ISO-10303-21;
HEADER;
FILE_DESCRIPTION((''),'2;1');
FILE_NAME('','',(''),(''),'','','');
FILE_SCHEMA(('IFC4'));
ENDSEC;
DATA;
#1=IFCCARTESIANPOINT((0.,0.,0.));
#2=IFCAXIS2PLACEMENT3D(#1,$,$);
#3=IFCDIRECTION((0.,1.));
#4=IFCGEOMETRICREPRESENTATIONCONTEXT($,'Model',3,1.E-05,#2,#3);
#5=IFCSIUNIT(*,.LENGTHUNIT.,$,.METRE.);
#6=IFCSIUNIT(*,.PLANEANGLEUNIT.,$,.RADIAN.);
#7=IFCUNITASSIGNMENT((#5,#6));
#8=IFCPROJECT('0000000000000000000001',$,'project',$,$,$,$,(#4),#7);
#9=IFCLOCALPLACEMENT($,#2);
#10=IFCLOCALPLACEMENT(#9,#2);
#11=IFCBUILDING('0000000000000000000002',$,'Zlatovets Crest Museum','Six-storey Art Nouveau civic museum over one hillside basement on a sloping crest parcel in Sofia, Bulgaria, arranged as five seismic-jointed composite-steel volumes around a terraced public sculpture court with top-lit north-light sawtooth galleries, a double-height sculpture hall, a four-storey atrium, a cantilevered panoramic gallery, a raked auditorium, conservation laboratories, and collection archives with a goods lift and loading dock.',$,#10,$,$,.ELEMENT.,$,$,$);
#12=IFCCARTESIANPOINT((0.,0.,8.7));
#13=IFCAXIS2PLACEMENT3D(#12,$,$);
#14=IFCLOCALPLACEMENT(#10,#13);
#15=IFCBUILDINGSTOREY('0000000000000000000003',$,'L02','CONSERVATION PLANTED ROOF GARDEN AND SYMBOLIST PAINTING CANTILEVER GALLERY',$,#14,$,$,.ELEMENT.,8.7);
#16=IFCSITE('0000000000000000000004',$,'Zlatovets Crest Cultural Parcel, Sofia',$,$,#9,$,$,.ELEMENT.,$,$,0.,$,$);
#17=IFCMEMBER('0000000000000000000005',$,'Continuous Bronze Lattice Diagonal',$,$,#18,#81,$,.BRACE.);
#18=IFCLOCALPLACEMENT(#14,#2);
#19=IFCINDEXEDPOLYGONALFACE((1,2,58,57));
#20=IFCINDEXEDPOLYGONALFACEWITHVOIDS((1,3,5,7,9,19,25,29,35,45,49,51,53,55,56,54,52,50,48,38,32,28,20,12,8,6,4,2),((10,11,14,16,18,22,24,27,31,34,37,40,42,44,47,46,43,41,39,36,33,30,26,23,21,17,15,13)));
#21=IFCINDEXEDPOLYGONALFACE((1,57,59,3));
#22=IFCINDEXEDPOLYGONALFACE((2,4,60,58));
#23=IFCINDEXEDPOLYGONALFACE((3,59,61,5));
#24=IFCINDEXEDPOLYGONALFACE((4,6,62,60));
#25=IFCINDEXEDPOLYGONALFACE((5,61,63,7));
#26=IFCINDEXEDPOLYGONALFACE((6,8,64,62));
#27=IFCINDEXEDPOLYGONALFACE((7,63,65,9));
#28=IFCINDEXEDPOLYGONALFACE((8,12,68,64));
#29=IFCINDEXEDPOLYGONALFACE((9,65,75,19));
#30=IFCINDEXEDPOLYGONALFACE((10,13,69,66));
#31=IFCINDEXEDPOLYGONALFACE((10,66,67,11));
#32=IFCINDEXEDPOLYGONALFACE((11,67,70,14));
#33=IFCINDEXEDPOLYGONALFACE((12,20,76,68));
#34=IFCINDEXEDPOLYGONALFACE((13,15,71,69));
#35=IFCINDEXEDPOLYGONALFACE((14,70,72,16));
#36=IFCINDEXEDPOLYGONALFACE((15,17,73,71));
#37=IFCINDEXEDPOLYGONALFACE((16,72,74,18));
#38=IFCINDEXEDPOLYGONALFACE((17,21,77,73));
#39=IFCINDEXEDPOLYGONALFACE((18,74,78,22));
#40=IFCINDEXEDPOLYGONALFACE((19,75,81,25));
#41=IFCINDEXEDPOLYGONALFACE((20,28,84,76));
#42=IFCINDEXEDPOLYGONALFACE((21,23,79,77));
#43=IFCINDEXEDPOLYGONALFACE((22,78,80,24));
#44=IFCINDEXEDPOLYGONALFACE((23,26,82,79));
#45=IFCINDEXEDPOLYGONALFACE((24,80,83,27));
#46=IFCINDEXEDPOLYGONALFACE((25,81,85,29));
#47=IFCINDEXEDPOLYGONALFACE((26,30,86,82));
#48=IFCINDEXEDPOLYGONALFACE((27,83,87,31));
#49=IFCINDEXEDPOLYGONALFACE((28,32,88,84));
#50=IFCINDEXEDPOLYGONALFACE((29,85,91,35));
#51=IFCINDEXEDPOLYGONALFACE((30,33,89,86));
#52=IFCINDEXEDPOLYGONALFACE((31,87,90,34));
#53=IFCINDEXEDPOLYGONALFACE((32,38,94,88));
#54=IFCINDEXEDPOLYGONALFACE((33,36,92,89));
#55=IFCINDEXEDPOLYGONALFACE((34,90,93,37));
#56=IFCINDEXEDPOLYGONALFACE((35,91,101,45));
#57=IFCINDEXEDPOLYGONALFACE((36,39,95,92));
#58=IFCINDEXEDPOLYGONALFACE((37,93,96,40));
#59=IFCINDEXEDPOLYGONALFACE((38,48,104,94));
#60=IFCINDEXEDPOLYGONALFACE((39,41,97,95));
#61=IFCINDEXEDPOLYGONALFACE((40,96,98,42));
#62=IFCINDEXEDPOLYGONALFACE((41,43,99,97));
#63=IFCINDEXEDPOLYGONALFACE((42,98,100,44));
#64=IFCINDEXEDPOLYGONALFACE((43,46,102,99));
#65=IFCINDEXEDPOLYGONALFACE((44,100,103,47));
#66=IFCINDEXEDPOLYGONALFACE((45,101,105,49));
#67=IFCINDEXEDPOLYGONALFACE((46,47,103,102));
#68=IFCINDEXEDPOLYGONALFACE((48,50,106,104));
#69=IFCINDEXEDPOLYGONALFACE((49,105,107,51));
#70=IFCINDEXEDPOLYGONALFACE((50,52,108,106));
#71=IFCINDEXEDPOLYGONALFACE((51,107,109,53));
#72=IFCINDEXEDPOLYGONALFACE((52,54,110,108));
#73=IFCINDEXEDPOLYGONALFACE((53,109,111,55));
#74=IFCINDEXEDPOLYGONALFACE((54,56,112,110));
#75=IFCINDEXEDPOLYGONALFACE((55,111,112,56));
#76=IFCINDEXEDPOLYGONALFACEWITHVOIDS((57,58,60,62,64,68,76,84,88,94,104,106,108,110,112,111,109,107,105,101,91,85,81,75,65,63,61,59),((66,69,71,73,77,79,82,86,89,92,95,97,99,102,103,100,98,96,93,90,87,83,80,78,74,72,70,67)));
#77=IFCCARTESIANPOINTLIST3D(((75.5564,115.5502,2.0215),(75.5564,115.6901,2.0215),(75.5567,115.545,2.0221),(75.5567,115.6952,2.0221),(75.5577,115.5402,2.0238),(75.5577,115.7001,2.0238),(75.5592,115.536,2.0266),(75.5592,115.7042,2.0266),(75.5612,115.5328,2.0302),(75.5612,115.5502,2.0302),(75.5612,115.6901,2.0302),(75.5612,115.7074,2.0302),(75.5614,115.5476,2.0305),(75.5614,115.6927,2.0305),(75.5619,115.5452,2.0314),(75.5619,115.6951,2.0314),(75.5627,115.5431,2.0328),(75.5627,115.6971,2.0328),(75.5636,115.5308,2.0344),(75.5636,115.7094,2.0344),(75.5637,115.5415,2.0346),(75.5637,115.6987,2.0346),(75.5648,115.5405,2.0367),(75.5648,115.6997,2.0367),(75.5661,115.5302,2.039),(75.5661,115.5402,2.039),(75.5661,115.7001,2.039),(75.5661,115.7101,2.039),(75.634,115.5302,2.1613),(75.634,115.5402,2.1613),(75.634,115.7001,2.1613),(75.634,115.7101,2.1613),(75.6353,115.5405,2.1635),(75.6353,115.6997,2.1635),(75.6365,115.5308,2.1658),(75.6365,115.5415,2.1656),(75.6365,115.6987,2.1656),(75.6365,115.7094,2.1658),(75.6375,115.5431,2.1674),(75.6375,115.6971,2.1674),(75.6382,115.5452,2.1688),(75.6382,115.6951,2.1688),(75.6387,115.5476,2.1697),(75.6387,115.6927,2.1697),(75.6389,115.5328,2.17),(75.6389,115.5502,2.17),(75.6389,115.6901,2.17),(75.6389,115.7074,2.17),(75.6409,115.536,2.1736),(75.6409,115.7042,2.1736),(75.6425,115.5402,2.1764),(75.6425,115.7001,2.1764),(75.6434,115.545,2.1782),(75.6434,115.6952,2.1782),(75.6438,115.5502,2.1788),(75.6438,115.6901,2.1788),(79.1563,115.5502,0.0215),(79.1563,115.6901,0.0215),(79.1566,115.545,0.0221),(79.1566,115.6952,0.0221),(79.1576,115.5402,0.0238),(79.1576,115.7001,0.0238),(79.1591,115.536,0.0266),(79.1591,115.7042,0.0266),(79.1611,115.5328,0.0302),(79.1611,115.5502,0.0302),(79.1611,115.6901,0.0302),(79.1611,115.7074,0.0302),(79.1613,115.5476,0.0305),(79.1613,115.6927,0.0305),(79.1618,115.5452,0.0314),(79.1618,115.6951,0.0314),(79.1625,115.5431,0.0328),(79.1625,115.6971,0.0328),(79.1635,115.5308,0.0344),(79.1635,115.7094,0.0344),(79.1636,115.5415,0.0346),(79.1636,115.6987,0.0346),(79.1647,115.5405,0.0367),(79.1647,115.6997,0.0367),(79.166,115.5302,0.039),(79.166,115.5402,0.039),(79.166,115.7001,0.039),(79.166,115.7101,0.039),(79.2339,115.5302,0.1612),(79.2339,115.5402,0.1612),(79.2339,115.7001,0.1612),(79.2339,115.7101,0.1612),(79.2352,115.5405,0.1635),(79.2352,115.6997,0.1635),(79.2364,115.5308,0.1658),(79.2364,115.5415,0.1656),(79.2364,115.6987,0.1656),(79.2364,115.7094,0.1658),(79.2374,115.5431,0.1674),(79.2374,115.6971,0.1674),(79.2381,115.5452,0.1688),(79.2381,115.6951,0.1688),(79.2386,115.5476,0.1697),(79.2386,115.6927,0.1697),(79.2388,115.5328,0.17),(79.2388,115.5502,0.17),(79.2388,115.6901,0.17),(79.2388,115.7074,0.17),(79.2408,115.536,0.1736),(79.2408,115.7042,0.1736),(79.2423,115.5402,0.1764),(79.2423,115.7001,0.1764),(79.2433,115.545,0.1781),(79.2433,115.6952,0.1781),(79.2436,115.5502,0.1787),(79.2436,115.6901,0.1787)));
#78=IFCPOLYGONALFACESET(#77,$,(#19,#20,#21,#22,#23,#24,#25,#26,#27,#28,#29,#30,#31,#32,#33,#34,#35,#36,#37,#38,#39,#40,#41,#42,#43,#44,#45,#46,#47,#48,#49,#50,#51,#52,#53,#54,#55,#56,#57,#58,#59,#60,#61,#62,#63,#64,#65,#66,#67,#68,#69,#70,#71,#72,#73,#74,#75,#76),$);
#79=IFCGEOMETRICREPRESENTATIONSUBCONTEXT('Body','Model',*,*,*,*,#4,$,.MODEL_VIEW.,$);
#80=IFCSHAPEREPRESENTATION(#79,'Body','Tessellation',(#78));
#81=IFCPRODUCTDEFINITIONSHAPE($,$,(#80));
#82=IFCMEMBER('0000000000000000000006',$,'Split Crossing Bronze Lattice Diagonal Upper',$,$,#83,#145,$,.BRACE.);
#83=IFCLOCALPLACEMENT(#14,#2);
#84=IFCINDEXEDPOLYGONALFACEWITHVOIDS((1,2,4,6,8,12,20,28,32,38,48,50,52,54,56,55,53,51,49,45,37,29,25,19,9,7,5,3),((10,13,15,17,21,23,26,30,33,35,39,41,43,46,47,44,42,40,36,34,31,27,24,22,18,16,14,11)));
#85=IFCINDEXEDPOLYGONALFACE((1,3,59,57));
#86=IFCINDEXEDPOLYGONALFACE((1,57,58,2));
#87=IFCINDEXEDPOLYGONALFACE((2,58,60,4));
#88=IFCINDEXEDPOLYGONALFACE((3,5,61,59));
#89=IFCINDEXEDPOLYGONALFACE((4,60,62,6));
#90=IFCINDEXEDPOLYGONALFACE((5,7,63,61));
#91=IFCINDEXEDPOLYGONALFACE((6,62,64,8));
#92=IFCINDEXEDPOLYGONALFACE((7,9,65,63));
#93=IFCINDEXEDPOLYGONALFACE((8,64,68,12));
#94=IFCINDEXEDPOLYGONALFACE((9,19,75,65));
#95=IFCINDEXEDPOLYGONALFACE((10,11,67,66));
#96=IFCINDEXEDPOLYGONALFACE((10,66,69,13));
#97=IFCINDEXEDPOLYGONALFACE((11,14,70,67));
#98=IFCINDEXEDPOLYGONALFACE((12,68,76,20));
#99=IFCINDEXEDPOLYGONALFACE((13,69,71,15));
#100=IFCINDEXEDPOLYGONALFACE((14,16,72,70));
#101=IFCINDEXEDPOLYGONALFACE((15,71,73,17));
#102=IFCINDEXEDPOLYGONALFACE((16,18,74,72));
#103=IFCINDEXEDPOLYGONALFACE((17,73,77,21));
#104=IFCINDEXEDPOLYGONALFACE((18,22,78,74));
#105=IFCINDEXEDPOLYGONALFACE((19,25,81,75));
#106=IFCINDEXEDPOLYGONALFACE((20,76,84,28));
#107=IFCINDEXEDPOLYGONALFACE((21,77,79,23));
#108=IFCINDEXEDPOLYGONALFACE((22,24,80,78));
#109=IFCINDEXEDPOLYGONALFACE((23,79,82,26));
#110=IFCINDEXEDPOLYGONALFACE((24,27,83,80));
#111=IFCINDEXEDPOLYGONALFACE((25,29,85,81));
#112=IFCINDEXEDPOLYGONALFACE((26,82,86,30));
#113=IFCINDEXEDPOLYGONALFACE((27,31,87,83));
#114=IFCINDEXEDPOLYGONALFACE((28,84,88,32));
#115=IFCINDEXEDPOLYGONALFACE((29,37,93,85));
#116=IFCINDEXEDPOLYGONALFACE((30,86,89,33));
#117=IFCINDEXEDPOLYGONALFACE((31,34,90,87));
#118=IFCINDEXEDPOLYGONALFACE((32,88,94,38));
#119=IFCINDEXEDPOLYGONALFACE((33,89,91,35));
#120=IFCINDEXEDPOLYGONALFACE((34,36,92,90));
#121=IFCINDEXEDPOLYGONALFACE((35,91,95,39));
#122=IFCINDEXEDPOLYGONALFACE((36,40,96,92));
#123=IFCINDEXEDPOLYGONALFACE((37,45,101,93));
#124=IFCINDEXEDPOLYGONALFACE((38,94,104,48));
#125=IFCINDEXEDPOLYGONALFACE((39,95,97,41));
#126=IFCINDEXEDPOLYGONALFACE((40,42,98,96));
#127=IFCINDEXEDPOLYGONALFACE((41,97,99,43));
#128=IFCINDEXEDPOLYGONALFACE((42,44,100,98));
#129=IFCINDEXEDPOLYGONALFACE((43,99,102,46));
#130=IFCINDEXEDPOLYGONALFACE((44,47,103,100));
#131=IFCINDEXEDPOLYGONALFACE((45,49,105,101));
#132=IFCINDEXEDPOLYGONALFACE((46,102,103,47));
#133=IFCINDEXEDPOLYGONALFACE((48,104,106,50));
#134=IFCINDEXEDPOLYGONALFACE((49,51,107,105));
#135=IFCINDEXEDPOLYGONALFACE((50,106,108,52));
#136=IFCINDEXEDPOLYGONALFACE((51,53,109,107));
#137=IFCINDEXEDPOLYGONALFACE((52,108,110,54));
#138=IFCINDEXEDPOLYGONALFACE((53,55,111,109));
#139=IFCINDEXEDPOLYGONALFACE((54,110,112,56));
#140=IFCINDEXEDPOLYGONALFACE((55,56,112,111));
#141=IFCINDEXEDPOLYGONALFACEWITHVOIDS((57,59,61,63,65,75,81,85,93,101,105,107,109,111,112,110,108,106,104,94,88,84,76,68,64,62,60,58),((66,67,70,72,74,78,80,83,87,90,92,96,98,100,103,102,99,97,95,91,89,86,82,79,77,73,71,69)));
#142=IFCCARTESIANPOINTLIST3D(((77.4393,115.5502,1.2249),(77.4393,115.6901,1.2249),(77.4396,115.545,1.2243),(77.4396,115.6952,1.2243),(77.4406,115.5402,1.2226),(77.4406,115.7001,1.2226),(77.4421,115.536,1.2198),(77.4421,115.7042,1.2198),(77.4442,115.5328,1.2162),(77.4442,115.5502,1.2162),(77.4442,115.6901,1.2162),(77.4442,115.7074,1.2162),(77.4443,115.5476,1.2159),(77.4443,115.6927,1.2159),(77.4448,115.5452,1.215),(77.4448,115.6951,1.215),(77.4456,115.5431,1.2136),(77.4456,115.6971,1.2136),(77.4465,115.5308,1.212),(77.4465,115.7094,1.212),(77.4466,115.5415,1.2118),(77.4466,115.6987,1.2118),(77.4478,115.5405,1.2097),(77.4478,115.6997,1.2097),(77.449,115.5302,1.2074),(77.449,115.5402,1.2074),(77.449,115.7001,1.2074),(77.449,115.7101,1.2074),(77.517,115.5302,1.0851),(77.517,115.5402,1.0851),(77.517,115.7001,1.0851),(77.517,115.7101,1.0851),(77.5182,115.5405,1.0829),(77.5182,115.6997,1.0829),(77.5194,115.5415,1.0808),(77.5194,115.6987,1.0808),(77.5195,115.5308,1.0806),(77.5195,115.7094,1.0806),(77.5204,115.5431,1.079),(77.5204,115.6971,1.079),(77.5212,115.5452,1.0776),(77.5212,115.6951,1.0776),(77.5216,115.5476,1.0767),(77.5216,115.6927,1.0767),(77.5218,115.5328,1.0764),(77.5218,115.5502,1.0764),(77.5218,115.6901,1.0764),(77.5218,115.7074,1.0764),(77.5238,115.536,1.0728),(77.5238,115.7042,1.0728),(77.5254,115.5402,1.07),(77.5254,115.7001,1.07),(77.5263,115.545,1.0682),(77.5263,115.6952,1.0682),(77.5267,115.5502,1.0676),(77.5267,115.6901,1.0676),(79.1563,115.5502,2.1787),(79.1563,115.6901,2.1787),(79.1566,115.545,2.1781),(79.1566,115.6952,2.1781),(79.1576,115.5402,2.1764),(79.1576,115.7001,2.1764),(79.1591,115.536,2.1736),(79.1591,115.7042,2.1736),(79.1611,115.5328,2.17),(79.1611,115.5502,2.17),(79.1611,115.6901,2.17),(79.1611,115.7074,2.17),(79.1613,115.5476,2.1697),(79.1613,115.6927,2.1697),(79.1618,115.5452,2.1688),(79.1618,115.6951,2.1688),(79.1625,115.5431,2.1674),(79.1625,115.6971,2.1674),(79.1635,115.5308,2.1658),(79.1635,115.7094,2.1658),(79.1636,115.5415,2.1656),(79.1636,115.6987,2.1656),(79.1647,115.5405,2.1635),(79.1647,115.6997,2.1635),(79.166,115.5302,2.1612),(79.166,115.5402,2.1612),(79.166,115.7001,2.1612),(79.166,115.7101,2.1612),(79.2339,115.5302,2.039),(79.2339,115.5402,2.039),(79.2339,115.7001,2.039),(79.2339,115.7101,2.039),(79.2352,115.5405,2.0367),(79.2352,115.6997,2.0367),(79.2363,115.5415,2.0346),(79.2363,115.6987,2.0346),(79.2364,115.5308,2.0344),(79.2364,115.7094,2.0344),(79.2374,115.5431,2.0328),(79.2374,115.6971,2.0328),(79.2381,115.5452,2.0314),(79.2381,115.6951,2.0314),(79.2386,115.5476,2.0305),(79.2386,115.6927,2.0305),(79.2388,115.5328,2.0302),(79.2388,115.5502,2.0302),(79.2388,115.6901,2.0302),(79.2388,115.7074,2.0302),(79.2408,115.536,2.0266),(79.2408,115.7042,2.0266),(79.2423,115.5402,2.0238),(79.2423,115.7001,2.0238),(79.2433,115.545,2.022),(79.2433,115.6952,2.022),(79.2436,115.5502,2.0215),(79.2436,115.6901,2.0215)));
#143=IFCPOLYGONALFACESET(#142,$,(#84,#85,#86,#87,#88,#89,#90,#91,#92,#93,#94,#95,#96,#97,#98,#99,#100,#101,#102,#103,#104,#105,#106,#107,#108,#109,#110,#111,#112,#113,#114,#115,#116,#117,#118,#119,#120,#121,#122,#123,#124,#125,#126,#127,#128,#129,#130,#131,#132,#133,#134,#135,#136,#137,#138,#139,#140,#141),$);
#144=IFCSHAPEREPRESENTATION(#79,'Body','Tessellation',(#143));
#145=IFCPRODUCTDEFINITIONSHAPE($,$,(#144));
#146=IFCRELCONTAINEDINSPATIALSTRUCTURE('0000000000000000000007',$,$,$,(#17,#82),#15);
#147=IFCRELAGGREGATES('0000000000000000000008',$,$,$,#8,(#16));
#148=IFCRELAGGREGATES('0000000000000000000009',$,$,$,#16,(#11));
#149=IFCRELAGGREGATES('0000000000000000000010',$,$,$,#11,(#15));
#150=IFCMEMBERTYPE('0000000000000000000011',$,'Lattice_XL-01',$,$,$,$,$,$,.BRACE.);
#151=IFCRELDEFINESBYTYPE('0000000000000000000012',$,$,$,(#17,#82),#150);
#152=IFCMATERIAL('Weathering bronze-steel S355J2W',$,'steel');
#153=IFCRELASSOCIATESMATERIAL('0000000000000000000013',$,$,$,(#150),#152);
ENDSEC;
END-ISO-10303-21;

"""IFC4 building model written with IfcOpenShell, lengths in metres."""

from ifc_helpers import new_model, si_unit, direction, frame, origin, origin_2d, place, context, subcontext, project, spatial, hollow_rectangle, extrude, material, material_profile, profile_set, type_object, element, save


model = new_model("IFC4")

# Units and contexts
model_context = context("Model", 3, precision=1e-05, world=origin(), true_north=direction((0.0, 1.0)))
body_context = subcontext(model_context, "Body", "Model", "MODEL_VIEW")
ifc_project = project(units=[si_unit("LENGTHUNIT", "METRE"), si_unit("PLANEANGLEUNIT", "RADIAN")], contexts=[model_context])

# Site, building, storey
site_placement = place(None, origin())
site = spatial("IfcSite", under=ifc_project, at=site_placement, Name="Zlatovets Crest Cultural Parcel, Sofia", CompositionType="ELEMENT", RefElevation=0.0)
building_placement = place(site_placement, origin())
building = spatial("IfcBuilding", under=site, at=building_placement, Name="Zlatovets Crest Museum", Description="Six-storey Art Nouveau civic museum over one hillside basement on a sloping crest parcel in Sofia, Bulgaria, arranged as five seismic-jointed composite-steel volumes around a terraced public sculpture court with top-lit north-light sawtooth galleries, a double-height sculpture hall, a four-storey atrium, a cantilevered panoramic gallery, a raked auditorium, conservation laboratories, and collection archives with a goods lift and loading dock.", CompositionType="ELEMENT")
storey_placement = place(building_placement, frame((0.0, 0.0, 8.7)))
storey = spatial("IfcBuildingStorey", under=building, at=storey_placement, Name="L02", Description="CONSERVATION PLANTED ROOF GARDEN AND SYMBOLIST PAINTING CANTILEVER GALLERY", CompositionType="ELEMENT", Elevation=8.7)

# Members
ifc_material_1 = material(Name="Weathering bronze-steel S355J2W", Category="steel")
ifc_material_profile_1 = material_profile(ifc_material_1, hollow_rectangle(XDim=0.1799, YDim=0.1799, WallThickness=0.01, InnerFilletRadius=0.01, OuterFilletRadius=0.02, at=origin_2d()), Name="SHS 180x180x10.0")
ifc_profile_set_1 = profile_set([ifc_material_profile_1], Name="Weathering bronze-steel S355J2W")
member_type_1 = type_object("IfcMemberType", Name="Lattice_XL-01", PredefinedType="BRACE", material=ifc_profile_set_1)
member_1_placement = place(storey_placement, frame((79.2, 115.6201, 0.1001), z_axis=(-0.874149, 0.0, 0.485658), x_axis=(0.0, -1.0, 0.0)))
element("IfcMember", 1, at=member_1_placement, inside=storey, type_object=member_type_1, Name="Continuous Bronze Lattice Diagonal", PredefinedType="BRACE", context=body_context, shape_type="SweptSolid", body=[
    extrude(hollow_rectangle(XDim=0.1799, YDim=0.1799, WallThickness=0.01, InnerFilletRadius=0.01, OuterFilletRadius=0.02, at=origin_2d()), origin(), (0.0, 0.0, 1.0), 4.1182),
])
member_2_placement = place(storey_placement, frame((79.2, 115.6201, 2.1001), z_axis=(-0.874169, 0.0, -0.485622), x_axis=(0.0, -1.0, 0.0)))
element("IfcMember", 2, at=member_2_placement, inside=storey, type_object=member_type_1, Name="Split Crossing Bronze Lattice Diagonal Upper", PredefinedType="BRACE", context=body_context, shape_type="SweptSolid", body=[
    extrude(hollow_rectangle(XDim=0.1799, YDim=0.1799, WallThickness=0.01, InnerFilletRadius=0.01, OuterFilletRadius=0.02, at=origin_2d()), origin(), (0.0, 0.0, 1.0), 1.9641),
])

save(model, "model.ifc")
